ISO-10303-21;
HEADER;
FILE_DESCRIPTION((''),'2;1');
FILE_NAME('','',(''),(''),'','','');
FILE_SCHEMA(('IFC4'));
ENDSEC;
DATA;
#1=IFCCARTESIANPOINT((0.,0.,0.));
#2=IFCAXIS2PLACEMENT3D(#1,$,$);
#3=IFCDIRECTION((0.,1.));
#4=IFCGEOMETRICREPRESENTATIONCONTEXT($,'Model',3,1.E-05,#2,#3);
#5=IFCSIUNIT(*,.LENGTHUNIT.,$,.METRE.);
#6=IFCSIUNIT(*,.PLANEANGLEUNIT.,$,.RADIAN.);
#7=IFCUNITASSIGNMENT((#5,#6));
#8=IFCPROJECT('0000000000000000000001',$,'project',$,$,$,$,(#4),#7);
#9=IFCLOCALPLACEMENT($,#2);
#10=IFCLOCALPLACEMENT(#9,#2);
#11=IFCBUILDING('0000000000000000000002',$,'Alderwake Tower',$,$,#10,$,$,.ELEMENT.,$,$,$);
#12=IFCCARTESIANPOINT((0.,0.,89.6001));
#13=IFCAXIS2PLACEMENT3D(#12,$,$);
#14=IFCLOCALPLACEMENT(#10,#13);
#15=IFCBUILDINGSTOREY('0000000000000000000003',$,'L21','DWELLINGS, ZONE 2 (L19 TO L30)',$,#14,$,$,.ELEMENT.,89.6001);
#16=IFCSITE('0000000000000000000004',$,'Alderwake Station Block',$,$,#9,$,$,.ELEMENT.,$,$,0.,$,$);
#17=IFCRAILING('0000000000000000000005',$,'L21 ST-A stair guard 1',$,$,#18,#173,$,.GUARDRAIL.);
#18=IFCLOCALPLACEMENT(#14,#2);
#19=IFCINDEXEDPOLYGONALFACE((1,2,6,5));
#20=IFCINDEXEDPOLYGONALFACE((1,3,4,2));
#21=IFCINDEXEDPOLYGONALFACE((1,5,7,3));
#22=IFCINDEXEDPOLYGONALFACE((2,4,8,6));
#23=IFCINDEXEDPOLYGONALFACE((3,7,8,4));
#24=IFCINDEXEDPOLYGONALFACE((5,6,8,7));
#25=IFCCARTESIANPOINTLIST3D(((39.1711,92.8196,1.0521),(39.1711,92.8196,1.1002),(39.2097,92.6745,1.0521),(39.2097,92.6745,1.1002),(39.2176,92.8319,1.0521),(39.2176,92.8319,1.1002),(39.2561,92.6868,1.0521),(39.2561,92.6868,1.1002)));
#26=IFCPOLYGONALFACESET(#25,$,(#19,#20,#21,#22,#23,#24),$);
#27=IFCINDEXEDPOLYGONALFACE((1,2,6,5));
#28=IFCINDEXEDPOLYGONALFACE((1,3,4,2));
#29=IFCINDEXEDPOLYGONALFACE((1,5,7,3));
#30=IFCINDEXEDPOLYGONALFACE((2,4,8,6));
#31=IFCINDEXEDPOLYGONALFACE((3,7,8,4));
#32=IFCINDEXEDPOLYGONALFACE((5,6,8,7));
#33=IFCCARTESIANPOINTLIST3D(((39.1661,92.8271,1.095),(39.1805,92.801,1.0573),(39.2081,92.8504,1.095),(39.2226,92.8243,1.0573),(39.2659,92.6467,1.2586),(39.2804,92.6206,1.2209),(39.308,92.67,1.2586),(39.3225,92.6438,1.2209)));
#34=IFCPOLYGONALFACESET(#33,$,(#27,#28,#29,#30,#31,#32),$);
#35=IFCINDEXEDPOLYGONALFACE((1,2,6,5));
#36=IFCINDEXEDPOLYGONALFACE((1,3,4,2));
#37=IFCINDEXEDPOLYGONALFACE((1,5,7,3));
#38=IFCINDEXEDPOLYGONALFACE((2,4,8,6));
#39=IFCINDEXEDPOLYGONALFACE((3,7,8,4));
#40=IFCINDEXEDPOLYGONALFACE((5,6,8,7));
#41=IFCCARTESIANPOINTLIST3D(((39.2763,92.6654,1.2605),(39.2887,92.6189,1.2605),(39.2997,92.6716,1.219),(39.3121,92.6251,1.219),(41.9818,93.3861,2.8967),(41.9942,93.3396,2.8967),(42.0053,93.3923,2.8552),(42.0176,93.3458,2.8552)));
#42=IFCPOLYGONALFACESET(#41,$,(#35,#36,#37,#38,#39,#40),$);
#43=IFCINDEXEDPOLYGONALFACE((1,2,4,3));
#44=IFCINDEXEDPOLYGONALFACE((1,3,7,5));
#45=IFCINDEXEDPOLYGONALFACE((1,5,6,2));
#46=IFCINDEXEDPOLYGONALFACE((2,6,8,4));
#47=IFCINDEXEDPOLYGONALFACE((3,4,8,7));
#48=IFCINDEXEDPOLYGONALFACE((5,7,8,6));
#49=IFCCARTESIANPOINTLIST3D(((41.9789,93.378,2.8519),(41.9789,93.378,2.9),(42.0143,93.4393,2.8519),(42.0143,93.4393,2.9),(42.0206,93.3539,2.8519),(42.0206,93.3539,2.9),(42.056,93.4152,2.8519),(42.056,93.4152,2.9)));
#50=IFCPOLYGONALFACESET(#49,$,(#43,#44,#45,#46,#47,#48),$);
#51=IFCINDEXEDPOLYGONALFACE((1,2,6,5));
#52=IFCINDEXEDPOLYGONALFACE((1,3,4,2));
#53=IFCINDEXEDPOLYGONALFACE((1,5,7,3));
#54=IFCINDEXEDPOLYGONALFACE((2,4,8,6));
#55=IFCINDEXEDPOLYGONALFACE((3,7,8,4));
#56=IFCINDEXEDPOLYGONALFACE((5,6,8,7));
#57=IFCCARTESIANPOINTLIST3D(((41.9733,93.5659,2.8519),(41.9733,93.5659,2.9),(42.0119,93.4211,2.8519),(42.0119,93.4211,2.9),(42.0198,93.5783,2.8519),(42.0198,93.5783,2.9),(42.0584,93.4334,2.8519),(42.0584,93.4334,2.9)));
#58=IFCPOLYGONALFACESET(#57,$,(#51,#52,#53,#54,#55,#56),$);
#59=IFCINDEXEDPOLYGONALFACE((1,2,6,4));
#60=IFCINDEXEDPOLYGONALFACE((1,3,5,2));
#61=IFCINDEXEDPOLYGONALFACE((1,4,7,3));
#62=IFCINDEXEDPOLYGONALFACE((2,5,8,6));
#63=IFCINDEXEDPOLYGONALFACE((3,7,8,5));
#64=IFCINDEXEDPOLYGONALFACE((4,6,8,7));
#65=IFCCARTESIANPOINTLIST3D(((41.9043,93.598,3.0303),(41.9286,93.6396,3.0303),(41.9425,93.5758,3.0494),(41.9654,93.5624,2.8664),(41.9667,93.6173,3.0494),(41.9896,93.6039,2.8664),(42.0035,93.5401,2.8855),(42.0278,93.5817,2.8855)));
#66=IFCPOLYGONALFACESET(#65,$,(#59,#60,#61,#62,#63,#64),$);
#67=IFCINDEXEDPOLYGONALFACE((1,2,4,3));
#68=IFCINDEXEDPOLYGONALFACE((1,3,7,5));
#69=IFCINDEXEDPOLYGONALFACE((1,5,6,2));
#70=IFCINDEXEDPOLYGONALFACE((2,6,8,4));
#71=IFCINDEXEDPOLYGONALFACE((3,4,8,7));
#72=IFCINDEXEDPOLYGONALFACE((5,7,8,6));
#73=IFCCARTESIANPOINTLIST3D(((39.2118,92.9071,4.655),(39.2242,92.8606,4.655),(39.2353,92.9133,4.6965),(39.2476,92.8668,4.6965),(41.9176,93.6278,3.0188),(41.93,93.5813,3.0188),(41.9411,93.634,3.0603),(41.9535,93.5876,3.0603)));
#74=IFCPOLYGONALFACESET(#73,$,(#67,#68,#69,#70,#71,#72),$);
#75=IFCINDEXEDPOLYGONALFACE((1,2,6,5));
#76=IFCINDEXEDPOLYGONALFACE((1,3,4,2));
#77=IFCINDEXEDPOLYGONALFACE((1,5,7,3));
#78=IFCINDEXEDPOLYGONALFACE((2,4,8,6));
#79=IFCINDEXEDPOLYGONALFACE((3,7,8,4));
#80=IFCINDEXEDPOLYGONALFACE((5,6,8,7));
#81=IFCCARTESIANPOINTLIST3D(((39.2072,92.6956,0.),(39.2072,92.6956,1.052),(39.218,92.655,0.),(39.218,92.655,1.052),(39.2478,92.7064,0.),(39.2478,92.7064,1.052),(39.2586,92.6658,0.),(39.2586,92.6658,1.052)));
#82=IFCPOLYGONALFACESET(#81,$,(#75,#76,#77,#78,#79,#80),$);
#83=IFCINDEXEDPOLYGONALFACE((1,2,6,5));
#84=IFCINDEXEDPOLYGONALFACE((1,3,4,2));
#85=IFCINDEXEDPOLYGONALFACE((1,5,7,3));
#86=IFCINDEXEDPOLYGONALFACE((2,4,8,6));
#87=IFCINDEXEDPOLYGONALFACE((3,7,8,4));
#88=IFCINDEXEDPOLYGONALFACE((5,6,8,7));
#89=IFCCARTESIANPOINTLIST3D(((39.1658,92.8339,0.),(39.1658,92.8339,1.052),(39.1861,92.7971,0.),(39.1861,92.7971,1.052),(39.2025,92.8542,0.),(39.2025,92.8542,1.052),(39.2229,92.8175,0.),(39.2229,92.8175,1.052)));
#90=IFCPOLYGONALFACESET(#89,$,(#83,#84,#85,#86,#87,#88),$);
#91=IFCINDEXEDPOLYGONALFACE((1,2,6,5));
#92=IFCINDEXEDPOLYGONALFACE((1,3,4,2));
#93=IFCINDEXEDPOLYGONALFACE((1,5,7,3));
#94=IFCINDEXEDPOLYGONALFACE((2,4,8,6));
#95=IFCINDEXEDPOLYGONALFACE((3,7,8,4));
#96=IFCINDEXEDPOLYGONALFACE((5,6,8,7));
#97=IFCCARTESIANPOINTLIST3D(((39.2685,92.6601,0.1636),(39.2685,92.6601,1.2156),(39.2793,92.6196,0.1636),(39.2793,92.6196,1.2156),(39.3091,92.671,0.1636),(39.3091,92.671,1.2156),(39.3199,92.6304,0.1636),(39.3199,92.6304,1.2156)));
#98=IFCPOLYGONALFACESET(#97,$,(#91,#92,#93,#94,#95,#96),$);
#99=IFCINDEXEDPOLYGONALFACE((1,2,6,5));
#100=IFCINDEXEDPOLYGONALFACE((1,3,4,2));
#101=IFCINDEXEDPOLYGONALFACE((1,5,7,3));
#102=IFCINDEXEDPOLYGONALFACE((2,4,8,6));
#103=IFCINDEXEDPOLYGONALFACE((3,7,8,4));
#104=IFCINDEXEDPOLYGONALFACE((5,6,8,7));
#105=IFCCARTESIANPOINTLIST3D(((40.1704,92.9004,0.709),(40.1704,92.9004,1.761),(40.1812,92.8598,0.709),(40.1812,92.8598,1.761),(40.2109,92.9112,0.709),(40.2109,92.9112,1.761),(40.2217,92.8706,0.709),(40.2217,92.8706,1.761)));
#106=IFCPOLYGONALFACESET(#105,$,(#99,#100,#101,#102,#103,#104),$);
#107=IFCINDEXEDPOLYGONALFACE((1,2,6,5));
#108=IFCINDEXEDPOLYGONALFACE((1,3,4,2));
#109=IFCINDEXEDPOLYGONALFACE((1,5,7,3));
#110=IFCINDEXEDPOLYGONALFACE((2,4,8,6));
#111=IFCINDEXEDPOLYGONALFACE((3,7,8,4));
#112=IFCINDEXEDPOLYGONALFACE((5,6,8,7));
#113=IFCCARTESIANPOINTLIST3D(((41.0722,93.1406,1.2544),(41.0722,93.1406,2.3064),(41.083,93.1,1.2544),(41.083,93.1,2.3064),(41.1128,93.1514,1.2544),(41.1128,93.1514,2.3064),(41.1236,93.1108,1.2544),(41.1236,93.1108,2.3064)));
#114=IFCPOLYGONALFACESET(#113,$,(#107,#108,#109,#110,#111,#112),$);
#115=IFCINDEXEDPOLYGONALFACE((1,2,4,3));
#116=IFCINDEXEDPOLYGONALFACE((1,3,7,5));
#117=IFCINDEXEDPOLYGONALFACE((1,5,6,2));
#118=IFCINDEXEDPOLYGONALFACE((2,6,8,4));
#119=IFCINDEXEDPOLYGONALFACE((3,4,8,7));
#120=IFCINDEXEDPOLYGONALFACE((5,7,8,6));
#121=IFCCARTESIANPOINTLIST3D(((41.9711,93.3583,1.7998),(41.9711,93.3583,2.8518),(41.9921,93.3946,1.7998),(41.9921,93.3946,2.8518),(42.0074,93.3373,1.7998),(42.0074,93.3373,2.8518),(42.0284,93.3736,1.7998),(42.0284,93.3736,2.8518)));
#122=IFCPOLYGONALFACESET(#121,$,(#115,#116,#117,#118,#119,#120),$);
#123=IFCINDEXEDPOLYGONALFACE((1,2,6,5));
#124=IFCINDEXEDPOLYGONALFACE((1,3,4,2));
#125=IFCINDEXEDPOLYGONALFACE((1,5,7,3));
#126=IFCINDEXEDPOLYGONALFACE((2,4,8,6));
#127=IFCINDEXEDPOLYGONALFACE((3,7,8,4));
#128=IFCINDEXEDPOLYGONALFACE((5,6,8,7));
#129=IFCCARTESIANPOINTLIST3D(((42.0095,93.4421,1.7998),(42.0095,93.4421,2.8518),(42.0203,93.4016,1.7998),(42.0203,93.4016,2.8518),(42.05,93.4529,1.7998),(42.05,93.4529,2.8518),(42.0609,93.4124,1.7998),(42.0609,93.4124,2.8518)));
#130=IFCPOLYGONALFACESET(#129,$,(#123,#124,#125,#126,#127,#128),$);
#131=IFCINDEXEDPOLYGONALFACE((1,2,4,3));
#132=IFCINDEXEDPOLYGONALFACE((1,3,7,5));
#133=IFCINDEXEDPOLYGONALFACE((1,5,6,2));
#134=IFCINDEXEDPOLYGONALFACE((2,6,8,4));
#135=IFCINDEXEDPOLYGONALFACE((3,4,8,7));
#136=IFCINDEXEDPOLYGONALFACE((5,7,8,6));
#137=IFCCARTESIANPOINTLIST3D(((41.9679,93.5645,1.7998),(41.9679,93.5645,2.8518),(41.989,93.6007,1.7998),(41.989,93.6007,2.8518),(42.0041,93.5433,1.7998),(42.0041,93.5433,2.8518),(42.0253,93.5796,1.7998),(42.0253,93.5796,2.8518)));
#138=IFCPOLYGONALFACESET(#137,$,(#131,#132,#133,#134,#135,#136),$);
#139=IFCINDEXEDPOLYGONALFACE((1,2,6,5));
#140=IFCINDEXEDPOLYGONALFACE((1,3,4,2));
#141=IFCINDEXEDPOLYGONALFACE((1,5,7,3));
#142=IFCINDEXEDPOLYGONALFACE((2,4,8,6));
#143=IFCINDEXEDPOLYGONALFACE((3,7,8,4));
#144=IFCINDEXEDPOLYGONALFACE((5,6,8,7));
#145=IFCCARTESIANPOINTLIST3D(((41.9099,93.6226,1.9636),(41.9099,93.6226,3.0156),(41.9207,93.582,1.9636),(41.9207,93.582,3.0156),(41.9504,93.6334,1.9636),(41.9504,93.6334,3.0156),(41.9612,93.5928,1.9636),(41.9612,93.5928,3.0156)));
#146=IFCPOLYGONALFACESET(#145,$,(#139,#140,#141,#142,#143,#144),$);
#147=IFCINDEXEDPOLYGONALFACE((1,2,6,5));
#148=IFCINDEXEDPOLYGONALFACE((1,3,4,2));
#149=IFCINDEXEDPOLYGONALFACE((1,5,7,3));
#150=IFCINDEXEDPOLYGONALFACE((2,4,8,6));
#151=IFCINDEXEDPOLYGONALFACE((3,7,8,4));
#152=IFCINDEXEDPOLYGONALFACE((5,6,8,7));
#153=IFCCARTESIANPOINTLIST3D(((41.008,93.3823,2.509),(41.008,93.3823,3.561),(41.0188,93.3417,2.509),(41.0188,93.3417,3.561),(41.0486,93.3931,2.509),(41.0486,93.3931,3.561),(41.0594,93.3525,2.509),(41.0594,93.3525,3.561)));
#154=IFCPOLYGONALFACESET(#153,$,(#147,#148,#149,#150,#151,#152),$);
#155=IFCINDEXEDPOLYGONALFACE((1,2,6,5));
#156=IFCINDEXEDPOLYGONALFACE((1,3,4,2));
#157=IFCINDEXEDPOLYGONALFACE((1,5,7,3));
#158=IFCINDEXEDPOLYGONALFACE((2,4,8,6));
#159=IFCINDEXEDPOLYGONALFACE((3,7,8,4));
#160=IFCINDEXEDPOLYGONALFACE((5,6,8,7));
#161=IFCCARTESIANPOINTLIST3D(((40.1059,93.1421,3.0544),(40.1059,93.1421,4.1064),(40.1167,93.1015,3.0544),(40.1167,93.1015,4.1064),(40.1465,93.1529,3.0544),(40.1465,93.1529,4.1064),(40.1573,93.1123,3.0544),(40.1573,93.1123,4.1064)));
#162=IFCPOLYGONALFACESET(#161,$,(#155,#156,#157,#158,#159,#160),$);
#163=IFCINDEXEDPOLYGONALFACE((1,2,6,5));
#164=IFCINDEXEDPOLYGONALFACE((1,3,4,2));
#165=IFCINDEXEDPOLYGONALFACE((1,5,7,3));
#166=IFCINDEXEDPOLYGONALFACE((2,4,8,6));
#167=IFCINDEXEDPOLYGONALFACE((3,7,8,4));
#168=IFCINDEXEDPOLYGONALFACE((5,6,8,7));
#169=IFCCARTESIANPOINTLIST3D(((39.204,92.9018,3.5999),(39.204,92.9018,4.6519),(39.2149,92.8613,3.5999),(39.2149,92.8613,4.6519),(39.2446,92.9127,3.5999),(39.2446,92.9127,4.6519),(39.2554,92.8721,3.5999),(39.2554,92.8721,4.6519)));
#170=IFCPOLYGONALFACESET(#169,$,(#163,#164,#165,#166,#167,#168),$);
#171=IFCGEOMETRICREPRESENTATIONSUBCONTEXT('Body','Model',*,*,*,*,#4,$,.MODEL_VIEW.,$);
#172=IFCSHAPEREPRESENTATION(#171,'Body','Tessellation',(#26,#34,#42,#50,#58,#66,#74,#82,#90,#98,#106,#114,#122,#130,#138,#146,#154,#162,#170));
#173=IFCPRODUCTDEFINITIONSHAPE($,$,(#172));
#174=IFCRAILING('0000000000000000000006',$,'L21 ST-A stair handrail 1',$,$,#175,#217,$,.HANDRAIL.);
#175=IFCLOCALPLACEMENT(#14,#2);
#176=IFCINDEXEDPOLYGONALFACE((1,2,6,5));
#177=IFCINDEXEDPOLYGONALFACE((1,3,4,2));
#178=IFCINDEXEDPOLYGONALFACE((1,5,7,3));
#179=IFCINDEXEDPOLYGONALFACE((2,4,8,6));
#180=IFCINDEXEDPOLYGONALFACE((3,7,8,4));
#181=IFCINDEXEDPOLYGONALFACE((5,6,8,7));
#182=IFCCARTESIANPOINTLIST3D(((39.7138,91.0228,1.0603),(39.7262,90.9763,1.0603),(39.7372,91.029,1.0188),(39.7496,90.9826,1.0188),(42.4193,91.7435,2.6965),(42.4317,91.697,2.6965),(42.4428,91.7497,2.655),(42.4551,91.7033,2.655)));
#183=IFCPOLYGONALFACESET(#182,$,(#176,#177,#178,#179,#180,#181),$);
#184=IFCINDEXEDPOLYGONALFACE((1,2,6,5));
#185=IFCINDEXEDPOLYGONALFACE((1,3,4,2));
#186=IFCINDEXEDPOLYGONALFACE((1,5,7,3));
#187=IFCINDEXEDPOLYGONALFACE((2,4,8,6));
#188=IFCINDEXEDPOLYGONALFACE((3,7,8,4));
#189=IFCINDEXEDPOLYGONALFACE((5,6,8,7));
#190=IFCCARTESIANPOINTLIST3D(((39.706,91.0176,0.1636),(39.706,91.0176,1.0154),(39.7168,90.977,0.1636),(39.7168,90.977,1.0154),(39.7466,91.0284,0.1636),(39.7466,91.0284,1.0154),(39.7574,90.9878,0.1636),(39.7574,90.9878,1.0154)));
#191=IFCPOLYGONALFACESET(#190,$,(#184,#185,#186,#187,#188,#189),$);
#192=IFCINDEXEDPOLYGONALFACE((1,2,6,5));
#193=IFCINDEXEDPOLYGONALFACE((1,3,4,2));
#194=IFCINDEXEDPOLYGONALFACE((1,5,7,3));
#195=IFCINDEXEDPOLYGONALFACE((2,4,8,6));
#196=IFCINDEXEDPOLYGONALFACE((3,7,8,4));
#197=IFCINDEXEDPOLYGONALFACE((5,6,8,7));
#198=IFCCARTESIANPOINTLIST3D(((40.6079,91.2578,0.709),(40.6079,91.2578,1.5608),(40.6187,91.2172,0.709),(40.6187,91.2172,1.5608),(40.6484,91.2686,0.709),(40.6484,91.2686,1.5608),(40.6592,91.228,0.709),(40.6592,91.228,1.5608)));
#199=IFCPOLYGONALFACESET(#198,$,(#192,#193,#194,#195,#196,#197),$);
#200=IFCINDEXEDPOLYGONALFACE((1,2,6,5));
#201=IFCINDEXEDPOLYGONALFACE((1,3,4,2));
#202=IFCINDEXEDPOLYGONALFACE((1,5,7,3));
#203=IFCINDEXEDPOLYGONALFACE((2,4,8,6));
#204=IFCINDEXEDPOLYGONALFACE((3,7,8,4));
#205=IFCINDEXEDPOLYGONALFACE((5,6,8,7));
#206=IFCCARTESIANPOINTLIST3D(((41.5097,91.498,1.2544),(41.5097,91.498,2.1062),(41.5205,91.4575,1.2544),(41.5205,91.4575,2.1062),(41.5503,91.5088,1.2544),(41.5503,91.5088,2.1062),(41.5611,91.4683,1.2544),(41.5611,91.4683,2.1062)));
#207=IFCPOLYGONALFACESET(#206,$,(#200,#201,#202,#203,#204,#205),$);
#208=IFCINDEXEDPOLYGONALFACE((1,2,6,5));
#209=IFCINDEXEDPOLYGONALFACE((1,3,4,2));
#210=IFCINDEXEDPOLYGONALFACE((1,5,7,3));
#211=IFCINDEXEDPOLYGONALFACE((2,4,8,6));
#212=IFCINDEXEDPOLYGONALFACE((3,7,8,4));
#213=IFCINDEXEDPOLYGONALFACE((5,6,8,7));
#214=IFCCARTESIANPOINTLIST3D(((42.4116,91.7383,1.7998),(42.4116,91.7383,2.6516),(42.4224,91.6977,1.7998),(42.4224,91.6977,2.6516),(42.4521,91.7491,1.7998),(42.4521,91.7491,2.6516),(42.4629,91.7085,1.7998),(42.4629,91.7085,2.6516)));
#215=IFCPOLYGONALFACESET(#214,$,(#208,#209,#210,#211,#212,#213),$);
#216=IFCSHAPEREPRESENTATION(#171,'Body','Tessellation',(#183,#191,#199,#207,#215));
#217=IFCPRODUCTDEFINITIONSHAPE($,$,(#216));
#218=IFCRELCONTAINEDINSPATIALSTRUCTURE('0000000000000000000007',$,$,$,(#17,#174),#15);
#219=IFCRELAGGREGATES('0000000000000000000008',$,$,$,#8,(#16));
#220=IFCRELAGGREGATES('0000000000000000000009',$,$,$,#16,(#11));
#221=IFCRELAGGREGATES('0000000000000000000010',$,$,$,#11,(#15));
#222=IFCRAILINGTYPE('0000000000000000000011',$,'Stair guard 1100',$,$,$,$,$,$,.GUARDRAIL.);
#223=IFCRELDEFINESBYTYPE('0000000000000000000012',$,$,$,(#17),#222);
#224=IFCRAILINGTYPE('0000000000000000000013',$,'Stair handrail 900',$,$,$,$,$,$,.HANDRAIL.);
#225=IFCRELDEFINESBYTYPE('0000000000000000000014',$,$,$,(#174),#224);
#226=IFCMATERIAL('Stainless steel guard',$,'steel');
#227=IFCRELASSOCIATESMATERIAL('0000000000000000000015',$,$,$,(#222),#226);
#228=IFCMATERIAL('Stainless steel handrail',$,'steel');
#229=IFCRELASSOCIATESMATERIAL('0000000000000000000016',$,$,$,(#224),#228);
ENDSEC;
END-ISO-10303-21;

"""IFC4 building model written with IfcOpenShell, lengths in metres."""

from ifc_helpers import new_model, si_unit, direction, frame, origin, origin_2d, place, context, subcontext, project, spatial, rectangle, extrude, material, type_object, element, save


model = new_model("IFC4")

# Units and contexts
model_context = context("Model", 3, precision=1e-05, world=origin(), true_north=direction((0.0, 1.0)))
body_context = subcontext(model_context, "Body", "Model", "MODEL_VIEW")
ifc_project = project(units=[si_unit("LENGTHUNIT", "METRE"), si_unit("PLANEANGLEUNIT", "RADIAN")], contexts=[model_context])

# Site, building, storey
site_placement = place(None, origin())
site = spatial("IfcSite", under=ifc_project, at=site_placement, Name="Alderwake Station Block", CompositionType="ELEMENT", RefElevation=0.0)
building_placement = place(site_placement, origin())
building = spatial("IfcBuilding", under=site, at=building_placement, Name="Alderwake Tower", CompositionType="ELEMENT")
storey_placement = place(building_placement, frame((0.0, 0.0, 89.6001)))
storey = spatial("IfcBuildingStorey", under=building, at=storey_placement, Name="L21", Description="DWELLINGS, ZONE 2 (L19 TO L30)", CompositionType="ELEMENT", Elevation=89.6001)

# Railings
ifc_material_1 = material(Name="Stainless steel guard", Category="steel")
railing_type_1 = type_object("IfcRailingType", Name="Stair guard 1100", PredefinedType="GUARDRAIL", material=ifc_material_1)
railing_1_placement = place(storey_placement, frame((39.2329, 92.6807, 0.0)))
element("IfcRailing", 1, at=railing_1_placement, inside=storey, type_object=railing_type_1, Name="L21 ST-A stair guard 1", PredefinedType="GUARDRAIL", context=body_context, shape_type="SweptSolid", body=[
    extrude(rectangle(XDim=0.0481, YDim=0.0481, at=origin_2d()), frame((0.0, 0.0, 1.0762), z_axis=(-0.257055, 0.966397, 0.0), x_axis=(-0.966397, -0.257055, 0.0)), (0.0, 0.0, 1.0), 0.1501),
    extrude(rectangle(XDim=0.0481, YDim=0.0481, at=origin_2d()), frame((-0.0386, 0.145, 1.0762), z_axis=(0.379371, -0.685464, 0.621463), x_axis=(0.874938, 0.484235, 0.0)), (0.0, 0.0, 1.0), 0.2632),
    extrude(rectangle(XDim=0.0481, YDim=0.0481, at=origin_2d()), frame((0.0613, -0.0354, 1.2397), z_axis=(0.834291, 0.222237, 0.504549), x_axis=(-0.257402, 0.966304, 0.0)), (0.0, 0.0, 1.0), 3.2429),
    extrude(rectangle(XDim=0.0481, YDim=0.0481, at=origin_2d()), frame((2.7668, 0.6853, 2.876), z_axis=(0.50022, 0.865898, 0.0), x_axis=(-0.865898, 0.50022, 0.0)), (0.0, 0.0, 1.0), 0.0708),
    extrude(rectangle(XDim=0.0481, YDim=0.0481, at=origin_2d()), frame((2.8022, 0.7466, 2.876), z_axis=(-0.25746, 0.966289, 0.0), x_axis=(-0.966289, -0.25746, 0.0)), (0.0, 0.0, 1.0), 0.1499),
    extrude(rectangle(XDim=0.0481, YDim=0.0481, at=origin_2d()), frame((2.7637, 0.8914, 2.876), z_axis=(-0.342095, 0.199783, 0.918182), x_axis=(-0.5043, -0.863528, 0.0)), (0.0, 0.0, 1.0), 0.1785),
    extrude(rectangle(XDim=0.0481, YDim=0.0481, at=origin_2d()), frame((2.7026, 0.927, 3.0396), z_axis=(-0.834314, -0.222223, 0.504518), x_axis=(0.25738, -0.96631, 0.0)), (0.0, 0.0, 1.0), 3.2432),
    extrude(rectangle(XDim=0.042, YDim=0.042, at=origin_2d()), frame((0.0, 0.0, 0.0), z_axis=(0.0, 0.0, 1.0), x_axis=(-0.257055, 0.966397, 0.0)), (0.0, 0.0, 1.0), 1.052),
    extrude(rectangle(XDim=0.042, YDim=0.042, at=origin_2d()), frame((-0.0386, 0.145, 0.0), z_axis=(0.0, 0.0, 1.0), x_axis=(0.484235, -0.874938, 0.0)), (0.0, 0.0, 1.0), 1.052),
    extrude(rectangle(XDim=0.042, YDim=0.042, at=origin_2d()), frame((0.0613, -0.0354, 0.1636), z_axis=(0.0, 0.0, 1.0), x_axis=(0.966304, 0.257402, 0.0)), (0.0, 0.0, 1.0), 1.052),
    extrude(rectangle(XDim=0.042, YDim=0.042, at=origin_2d()), frame((0.9631, 0.2048, 0.709), z_axis=(0.0, 0.0, 1.0), x_axis=(0.966304, 0.257402, 0.0)), (0.0, 0.0, 1.0), 1.052),
    extrude(rectangle(XDim=0.042, YDim=0.042, at=origin_2d()), frame((1.865, 0.4451, 1.2544), z_axis=(0.0, 0.0, 1.0), x_axis=(0.966304, 0.257402, 0.0)), (0.0, 0.0, 1.0), 1.052),
    extrude(rectangle(XDim=0.042, YDim=0.042, at=origin_2d()), frame((2.7668, 0.6853, 1.7998), z_axis=(0.0, 0.0, 1.0), x_axis=(0.50022, 0.865898, 0.0)), (0.0, 0.0, 1.0), 1.052),
    extrude(rectangle(XDim=0.042, YDim=0.042, at=origin_2d()), frame((2.8022, 0.7466, 1.7998), z_axis=(0.0, 0.0, 1.0), x_axis=(-0.25746, 0.966289, 0.0)), (0.0, 0.0, 1.0), 1.052),
    extrude(rectangle(XDim=0.042, YDim=0.042, at=origin_2d()), frame((2.7637, 0.8914, 1.7998), z_axis=(0.0, 0.0, 1.0), x_axis=(-0.863528, 0.5043, 0.0)), (0.0, 0.0, 1.0), 1.052),
    extrude(rectangle(XDim=0.042, YDim=0.042, at=origin_2d()), frame((2.7026, 0.927, 1.9636), z_axis=(0.0, 0.0, 1.0), x_axis=(-0.96631, -0.25738, 0.0)), (0.0, 0.0, 1.0), 1.052),
    extrude(rectangle(XDim=0.042, YDim=0.042, at=origin_2d()), frame((1.8008, 0.6868, 2.509), z_axis=(0.0, 0.0, 1.0), x_axis=(-0.96631, -0.25738, 0.0)), (0.0, 0.0, 1.0), 1.052),
    extrude(rectangle(XDim=0.042, YDim=0.042, at=origin_2d()), frame((0.8987, 0.4465, 3.0544), z_axis=(0.0, 0.0, 1.0), x_axis=(-0.96631, -0.25738, 0.0)), (0.0, 0.0, 1.0), 1.052),
    extrude(rectangle(XDim=0.042, YDim=0.042, at=origin_2d()), frame((-0.0032, 0.2063, 3.5999), z_axis=(0.0, 0.0, 1.0), x_axis=(-0.96631, -0.25738, 0.0)), (0.0, 0.0, 1.0), 1.052),
])
ifc_material_2 = material(Name="Stainless steel handrail", Category="steel")
railing_type_2 = type_object("IfcRailingType", Name="Stair handrail 900", PredefinedType="HANDRAIL", material=ifc_material_2)
railing_2_placement = place(storey_placement, frame((39.7317, 91.0027, 0.1636)))
element("IfcRailing", 2, at=railing_2_placement, inside=storey, type_object=railing_type_2, Name="L21 ST-A stair handrail 1", PredefinedType="HANDRAIL", context=body_context, shape_type="SweptSolid", body=[
    extrude(rectangle(XDim=0.0481, YDim=0.0481, at=origin_2d()), frame((0.0, 0.0, 0.876), z_axis=(0.834291, 0.222237, 0.504549), x_axis=(-0.257402, 0.966304, 0.0)), (0.0, 0.0, 1.0), 3.2429),
    extrude(rectangle(XDim=0.042, YDim=0.042, at=origin_2d()), frame((0.0, 0.0, 0.0), z_axis=(0.0, 0.0, 1.0), x_axis=(0.966304, 0.257402, 0.0)), (0.0, 0.0, 1.0), 0.8518),
    extrude(rectangle(XDim=0.042, YDim=0.042, at=origin_2d()), frame((0.9019, 0.2402, 0.5454), z_axis=(0.0, 0.0, 1.0), x_axis=(0.966304, 0.257402, 0.0)), (0.0, 0.0, 1.0), 0.8518),
    extrude(rectangle(XDim=0.042, YDim=0.042, at=origin_2d()), frame((1.8037, 0.4805, 1.0908), z_axis=(0.0, 0.0, 1.0), x_axis=(0.966304, 0.257402, 0.0)), (0.0, 0.0, 1.0), 0.8518),
    extrude(rectangle(XDim=0.042, YDim=0.042, at=origin_2d()), frame((2.7056, 0.7207, 1.6362), z_axis=(0.0, 0.0, 1.0), x_axis=(0.966304, 0.257402, 0.0)), (0.0, 0.0, 1.0), 0.8518),
])

save(model, "model.ifc")
